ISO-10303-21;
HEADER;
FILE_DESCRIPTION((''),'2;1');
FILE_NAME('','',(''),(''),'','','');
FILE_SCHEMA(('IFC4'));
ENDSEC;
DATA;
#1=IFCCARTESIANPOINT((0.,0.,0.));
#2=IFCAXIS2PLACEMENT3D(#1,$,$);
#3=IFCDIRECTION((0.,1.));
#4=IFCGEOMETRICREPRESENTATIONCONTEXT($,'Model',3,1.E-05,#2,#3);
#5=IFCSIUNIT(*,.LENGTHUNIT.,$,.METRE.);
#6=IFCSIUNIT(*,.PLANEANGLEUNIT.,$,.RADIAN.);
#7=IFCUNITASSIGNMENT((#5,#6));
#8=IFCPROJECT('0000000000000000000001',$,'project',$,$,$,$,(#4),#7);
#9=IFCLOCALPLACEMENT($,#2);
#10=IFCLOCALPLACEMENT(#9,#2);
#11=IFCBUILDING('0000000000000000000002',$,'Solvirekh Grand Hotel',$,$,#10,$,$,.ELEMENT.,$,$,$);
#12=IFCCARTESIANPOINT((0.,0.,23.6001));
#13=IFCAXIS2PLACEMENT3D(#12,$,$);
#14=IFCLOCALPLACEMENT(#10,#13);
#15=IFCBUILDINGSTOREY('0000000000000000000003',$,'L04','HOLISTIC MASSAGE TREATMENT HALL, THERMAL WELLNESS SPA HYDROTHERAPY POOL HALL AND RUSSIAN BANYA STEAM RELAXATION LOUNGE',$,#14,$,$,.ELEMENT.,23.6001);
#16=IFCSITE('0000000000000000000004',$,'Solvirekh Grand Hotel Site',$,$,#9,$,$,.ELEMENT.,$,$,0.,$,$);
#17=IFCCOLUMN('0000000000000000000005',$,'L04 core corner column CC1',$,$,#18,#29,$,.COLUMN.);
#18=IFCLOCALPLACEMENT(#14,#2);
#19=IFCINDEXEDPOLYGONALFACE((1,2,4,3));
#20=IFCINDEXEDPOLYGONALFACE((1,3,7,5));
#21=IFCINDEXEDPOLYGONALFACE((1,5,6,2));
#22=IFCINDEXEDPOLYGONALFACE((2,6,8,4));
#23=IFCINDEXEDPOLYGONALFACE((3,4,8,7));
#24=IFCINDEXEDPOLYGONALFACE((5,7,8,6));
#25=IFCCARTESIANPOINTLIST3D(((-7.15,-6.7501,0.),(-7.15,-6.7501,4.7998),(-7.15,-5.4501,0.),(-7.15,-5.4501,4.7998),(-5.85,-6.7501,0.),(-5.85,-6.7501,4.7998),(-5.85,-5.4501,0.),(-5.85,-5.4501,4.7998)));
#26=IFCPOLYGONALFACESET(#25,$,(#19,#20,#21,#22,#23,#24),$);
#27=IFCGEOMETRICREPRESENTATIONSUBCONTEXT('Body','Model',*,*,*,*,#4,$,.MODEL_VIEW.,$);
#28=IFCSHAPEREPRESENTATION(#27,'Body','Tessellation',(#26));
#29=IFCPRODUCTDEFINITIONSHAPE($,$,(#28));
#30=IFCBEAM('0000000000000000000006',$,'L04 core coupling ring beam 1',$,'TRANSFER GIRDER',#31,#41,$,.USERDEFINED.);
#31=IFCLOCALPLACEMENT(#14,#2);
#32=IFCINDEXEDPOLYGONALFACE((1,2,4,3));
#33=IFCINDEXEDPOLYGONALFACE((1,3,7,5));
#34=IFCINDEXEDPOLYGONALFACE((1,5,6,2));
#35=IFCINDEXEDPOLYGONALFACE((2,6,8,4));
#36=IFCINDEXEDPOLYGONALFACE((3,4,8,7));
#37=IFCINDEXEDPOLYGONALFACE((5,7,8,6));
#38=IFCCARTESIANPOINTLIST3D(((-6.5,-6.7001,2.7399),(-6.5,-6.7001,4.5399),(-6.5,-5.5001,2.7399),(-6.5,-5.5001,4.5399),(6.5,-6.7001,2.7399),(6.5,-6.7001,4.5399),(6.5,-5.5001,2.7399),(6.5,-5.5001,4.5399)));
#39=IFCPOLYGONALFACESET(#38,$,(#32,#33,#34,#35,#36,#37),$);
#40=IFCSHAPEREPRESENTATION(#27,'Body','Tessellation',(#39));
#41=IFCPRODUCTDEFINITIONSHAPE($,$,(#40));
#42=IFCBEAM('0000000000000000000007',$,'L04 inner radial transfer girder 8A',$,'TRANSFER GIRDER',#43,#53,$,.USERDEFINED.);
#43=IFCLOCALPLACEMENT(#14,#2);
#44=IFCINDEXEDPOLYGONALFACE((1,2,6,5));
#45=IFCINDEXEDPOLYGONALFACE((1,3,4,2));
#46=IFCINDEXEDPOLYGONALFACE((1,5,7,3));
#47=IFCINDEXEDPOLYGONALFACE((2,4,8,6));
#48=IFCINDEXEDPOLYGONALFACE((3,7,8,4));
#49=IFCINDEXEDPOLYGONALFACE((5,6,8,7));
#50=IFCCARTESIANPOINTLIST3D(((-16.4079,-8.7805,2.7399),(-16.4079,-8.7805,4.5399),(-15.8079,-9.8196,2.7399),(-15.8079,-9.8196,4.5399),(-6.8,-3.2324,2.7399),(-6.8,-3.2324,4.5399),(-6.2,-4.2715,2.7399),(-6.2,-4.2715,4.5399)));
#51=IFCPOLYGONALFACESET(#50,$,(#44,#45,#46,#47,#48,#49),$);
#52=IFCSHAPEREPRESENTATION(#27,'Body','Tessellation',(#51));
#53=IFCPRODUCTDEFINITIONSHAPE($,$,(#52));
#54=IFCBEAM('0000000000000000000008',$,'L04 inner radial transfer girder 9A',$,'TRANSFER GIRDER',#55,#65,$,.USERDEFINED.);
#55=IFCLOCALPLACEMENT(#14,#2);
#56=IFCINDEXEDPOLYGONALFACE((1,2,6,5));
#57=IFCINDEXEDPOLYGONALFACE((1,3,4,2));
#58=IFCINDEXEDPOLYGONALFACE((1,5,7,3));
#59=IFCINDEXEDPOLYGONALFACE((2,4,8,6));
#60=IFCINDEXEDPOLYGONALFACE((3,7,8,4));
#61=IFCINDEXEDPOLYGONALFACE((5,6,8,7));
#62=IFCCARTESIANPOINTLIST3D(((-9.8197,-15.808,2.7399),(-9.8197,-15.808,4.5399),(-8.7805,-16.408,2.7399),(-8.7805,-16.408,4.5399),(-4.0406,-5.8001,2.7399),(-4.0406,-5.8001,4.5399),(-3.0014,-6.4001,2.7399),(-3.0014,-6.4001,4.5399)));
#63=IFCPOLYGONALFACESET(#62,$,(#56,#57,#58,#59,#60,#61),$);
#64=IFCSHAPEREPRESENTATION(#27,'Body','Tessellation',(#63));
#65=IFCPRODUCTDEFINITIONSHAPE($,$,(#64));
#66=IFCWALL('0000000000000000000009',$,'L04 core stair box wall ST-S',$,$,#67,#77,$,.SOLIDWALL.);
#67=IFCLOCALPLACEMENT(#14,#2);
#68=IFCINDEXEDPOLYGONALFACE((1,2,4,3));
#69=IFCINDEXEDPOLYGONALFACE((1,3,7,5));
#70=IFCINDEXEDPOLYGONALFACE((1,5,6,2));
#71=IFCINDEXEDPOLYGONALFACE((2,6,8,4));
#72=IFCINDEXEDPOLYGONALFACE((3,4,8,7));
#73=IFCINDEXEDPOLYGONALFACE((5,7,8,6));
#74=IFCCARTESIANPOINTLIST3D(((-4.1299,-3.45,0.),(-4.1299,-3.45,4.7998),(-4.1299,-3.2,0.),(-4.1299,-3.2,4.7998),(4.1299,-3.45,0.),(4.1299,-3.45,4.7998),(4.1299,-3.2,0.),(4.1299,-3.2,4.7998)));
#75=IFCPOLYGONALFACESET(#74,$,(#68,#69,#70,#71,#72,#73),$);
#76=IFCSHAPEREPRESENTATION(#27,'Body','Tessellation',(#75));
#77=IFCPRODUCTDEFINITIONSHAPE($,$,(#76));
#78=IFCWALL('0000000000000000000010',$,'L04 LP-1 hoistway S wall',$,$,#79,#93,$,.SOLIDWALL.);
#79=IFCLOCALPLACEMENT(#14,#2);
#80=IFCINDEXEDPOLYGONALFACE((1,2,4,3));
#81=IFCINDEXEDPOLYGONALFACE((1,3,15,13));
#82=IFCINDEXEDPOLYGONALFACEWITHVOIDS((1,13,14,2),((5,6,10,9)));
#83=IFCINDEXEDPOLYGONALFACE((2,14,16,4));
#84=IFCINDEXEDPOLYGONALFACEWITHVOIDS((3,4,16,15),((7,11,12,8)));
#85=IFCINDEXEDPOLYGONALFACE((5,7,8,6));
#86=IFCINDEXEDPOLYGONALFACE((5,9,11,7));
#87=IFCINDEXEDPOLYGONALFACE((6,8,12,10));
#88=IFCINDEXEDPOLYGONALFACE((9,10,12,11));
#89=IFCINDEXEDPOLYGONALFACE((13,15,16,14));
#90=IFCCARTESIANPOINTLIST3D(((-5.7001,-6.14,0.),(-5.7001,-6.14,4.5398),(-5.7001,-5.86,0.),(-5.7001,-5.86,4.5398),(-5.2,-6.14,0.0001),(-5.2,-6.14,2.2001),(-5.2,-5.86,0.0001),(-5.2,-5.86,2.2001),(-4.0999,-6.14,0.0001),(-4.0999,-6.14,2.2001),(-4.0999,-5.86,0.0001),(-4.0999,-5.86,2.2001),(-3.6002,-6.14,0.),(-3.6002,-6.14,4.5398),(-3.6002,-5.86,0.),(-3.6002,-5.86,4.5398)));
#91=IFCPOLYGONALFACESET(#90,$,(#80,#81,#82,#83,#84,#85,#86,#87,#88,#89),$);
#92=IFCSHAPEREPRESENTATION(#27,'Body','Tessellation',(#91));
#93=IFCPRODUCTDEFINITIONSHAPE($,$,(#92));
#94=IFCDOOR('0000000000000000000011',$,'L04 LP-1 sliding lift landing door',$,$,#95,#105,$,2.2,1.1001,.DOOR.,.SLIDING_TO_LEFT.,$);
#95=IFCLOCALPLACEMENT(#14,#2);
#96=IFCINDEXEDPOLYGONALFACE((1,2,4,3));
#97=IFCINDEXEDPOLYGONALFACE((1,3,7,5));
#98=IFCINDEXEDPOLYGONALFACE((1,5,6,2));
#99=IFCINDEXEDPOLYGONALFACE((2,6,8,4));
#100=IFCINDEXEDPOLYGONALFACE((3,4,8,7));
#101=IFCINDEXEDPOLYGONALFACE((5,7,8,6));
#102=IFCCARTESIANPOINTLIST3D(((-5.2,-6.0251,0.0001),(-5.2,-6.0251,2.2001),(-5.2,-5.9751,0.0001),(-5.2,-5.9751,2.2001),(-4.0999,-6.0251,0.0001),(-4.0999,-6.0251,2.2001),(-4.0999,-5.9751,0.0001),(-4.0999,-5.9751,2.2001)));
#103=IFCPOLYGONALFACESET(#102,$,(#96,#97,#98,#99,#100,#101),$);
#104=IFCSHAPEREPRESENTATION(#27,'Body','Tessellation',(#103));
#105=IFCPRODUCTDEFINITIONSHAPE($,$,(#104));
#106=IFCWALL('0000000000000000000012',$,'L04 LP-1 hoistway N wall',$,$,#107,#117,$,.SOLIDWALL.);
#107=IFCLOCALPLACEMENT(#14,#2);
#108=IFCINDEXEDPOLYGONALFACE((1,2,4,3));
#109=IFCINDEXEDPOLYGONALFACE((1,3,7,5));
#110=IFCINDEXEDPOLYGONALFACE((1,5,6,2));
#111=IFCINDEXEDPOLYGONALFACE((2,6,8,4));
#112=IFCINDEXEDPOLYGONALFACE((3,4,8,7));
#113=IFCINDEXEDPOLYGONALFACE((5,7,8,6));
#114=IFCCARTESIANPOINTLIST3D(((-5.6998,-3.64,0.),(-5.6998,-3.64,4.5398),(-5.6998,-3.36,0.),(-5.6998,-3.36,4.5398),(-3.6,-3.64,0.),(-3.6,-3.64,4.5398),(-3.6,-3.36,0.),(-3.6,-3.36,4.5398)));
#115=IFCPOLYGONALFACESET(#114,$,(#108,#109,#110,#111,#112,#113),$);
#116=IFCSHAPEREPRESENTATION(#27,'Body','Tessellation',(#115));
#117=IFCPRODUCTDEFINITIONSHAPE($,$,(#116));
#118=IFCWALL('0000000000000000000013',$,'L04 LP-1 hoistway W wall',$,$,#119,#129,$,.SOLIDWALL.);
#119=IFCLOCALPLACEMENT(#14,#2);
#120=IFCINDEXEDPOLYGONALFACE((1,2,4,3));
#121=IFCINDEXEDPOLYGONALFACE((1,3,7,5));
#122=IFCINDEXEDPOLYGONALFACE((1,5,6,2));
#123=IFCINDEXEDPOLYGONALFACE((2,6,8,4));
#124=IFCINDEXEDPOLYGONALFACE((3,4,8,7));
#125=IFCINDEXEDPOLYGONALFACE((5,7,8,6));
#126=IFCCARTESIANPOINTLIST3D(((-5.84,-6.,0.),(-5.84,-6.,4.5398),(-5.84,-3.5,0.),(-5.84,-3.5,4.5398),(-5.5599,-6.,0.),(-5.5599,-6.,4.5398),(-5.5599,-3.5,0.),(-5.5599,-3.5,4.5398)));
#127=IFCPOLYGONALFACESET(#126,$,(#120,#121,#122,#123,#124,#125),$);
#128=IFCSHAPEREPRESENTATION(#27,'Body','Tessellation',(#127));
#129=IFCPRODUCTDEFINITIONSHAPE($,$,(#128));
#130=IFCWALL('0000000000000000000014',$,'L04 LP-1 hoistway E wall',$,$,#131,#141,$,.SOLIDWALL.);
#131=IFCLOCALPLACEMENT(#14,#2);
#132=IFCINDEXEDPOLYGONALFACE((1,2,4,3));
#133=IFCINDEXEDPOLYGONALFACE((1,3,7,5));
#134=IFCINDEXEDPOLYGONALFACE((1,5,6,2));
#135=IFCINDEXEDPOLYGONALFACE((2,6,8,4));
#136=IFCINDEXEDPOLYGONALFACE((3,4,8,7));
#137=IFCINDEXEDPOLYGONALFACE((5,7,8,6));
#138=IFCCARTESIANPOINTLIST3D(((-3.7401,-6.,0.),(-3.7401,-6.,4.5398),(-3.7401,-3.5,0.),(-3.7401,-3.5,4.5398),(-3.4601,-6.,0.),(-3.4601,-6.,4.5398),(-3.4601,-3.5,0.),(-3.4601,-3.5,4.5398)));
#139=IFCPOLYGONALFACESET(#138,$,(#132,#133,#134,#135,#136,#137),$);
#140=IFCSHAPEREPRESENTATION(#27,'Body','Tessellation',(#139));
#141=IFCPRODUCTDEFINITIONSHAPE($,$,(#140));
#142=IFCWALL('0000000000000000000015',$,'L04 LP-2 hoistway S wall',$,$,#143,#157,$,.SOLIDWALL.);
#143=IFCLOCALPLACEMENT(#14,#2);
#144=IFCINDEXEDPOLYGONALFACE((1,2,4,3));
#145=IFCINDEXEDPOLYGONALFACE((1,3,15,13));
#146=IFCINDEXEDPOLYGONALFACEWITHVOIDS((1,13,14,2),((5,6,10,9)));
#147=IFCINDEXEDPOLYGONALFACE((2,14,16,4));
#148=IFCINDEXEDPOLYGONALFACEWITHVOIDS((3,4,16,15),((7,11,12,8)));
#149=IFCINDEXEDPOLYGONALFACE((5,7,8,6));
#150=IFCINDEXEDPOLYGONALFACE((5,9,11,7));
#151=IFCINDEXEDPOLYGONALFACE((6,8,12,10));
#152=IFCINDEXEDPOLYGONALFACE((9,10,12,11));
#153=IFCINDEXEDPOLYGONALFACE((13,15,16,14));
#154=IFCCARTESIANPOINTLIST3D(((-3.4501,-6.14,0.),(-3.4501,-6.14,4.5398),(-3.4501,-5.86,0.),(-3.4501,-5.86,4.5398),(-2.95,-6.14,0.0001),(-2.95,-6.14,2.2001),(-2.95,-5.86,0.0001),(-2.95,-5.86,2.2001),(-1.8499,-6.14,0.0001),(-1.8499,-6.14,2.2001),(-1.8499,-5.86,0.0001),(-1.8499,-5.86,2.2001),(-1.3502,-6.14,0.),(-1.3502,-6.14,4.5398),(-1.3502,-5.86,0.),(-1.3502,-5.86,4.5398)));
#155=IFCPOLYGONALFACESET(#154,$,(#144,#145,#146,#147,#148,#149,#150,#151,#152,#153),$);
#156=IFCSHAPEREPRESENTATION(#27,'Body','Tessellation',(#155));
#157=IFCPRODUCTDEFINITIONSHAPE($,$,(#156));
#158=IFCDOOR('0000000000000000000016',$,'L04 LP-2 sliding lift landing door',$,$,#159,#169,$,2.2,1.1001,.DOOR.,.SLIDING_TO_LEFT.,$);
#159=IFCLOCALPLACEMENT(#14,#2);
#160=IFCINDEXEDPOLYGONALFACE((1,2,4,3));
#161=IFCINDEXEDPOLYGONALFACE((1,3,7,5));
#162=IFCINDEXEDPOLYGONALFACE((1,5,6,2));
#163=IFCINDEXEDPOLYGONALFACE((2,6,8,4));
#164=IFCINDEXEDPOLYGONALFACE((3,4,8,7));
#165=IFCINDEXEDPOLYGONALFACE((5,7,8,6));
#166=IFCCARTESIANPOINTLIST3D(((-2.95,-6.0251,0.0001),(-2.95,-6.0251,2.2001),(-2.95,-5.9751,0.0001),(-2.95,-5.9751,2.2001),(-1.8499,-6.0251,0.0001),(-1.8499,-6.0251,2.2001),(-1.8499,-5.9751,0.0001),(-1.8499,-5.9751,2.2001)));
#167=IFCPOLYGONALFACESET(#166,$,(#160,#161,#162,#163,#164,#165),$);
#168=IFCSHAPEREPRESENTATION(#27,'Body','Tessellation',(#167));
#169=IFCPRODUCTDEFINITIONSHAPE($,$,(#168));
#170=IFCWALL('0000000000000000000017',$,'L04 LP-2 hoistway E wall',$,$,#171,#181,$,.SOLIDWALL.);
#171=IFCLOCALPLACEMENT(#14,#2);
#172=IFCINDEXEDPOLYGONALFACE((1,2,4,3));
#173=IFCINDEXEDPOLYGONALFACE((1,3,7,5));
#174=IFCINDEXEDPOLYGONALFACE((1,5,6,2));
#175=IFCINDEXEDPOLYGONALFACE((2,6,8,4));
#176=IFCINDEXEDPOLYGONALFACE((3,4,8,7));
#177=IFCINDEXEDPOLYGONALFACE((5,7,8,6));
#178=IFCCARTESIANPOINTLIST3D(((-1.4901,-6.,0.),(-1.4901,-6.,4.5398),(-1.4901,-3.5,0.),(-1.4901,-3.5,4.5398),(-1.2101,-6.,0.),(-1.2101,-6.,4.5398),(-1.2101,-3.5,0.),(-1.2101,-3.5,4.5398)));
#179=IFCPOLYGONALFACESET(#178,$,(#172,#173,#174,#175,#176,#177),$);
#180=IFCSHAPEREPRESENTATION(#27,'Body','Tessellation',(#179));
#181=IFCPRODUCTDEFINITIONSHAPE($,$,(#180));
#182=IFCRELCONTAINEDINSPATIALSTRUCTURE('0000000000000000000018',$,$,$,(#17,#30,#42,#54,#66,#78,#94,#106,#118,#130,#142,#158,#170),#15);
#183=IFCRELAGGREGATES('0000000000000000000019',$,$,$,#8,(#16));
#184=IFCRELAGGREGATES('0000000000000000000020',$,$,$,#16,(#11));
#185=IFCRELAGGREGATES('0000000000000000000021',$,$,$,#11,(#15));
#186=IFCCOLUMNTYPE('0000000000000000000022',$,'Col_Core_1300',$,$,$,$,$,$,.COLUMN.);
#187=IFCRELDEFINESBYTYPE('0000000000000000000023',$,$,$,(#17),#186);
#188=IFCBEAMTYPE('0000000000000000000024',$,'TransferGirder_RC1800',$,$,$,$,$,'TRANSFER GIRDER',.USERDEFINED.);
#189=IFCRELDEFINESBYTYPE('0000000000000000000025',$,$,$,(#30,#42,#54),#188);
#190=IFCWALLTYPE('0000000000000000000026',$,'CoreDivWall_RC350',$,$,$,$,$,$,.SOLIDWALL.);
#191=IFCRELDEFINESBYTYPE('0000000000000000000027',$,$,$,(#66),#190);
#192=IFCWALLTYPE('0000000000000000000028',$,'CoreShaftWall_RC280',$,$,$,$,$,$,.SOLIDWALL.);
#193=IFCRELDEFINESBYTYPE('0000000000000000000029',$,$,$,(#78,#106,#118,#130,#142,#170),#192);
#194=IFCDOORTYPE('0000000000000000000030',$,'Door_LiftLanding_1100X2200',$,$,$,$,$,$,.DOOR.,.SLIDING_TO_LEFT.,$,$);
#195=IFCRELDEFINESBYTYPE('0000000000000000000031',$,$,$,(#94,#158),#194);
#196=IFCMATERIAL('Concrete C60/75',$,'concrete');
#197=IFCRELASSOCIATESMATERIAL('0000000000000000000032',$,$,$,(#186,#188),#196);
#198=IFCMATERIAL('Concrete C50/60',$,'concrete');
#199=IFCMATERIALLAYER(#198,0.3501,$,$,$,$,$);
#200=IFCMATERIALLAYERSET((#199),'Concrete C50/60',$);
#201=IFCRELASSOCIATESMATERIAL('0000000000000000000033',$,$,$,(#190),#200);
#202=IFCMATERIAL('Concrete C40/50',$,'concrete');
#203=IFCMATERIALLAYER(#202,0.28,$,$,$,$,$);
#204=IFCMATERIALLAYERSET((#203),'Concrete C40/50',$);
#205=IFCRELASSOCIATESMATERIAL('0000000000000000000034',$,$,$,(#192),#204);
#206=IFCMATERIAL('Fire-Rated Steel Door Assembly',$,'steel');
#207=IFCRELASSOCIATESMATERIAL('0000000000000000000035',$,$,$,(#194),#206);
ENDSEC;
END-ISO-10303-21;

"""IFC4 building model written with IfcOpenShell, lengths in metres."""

from ifc_helpers import new_model, si_unit, direction, frame, frame_2d, origin, origin_2d, place, context, subcontext, project, spatial, rectangle, extrude, material, layer, layer_set, material_profile, profile_set, type_object, element, fill, save


model = new_model("IFC4")

# Units and contexts
model_context = context("Model", 3, precision=1e-05, world=origin(), true_north=direction((0.0, 1.0)))
body_context = subcontext(model_context, "Body", "Model", "MODEL_VIEW")
ifc_project = project(units=[si_unit("LENGTHUNIT", "METRE"), si_unit("PLANEANGLEUNIT", "RADIAN")], contexts=[model_context])

# Site, building, storey
site_placement = place(None, origin())
site = spatial("IfcSite", under=ifc_project, at=site_placement, Name="Solvirekh Grand Hotel Site", CompositionType="ELEMENT", RefElevation=0.0)
building_placement = place(site_placement, origin())
building = spatial("IfcBuilding", under=site, at=building_placement, Name="Solvirekh Grand Hotel", CompositionType="ELEMENT")
storey_placement = place(building_placement, frame((0.0, 0.0, 23.6001)))
storey = spatial("IfcBuildingStorey", under=building, at=storey_placement, Name="L04", Description="HOLISTIC MASSAGE TREATMENT HALL, THERMAL WELLNESS SPA HYDROTHERAPY POOL HALL AND RUSSIAN BANYA STEAM RELAXATION LOUNGE", CompositionType="ELEMENT", Elevation=23.6001)

# Column
ifc_material_1 = material(Name="Concrete C60/75", Category="concrete")
ifc_material_profile_1 = material_profile(ifc_material_1, rectangle(XDim=1.3, YDim=1.3, at=origin_2d()), Name="RC 1300X1300")
ifc_profile_set_1 = profile_set([ifc_material_profile_1], Name="Concrete C60/75")
column_type = type_object("IfcColumnType", Name="Col_Core_1300", PredefinedType="COLUMN", material=ifc_profile_set_1)
column_placement = place(storey_placement, frame((-6.5, -6.1001, 0.0), z_axis=(0.0, 0.0, 1.0), x_axis=(1.0, 0.0, 0.0)))
element("IfcColumn", 1, at=column_placement, inside=storey, type_object=column_type, Name="L04 core corner column CC1", PredefinedType="COLUMN", context=body_context, shape_type="SweptSolid", body=[
    extrude(rectangle(XDim=1.3, YDim=1.3, at=origin_2d()), origin(), (0.0, 0.0, 1.0), 4.7998),
])

# Beams
ifc_material_profile_2 = material_profile(ifc_material_1, rectangle(XDim=1.2, YDim=1.8, at=origin_2d()), Name="RC GIRDER 1200X1800")
ifc_profile_set_2 = profile_set([ifc_material_profile_2], Name="Concrete C60/75")
beam_type = type_object("IfcBeamType", Name="TransferGirder_RC1800", ElementType="TRANSFER GIRDER", PredefinedType="USERDEFINED", material=ifc_profile_set_2)
beam_1_placement = place(storey_placement, frame((-6.5, -6.1001, 3.6399), z_axis=(1.0, 0.0, 0.0), x_axis=(0.0, 1.0, 0.0)))
element("IfcBeam", 2, at=beam_1_placement, inside=storey, type_object=beam_type, Name="L04 core coupling ring beam 1", ObjectType="TRANSFER GIRDER", PredefinedType="USERDEFINED", context=body_context, shape_type="SweptSolid", body=[
    extrude(rectangle(XDim=1.2, YDim=1.8, at=origin_2d()), origin(), (0.0, 0.0, 1.0), 13.0),
])
beam_2_placement = place(storey_placement, frame((-6.5, -3.752, 3.6399), z_axis=(-0.865988, -0.500065, 0.0), x_axis=(0.500065, -0.865988, 0.0)))
element("IfcBeam", 3, at=beam_2_placement, inside=storey, type_object=beam_type, Name="L04 inner radial transfer girder 8A", ObjectType="TRANSFER GIRDER", PredefinedType="USERDEFINED", context=body_context, shape_type="SweptSolid", body=[
    extrude(rectangle(XDim=1.2, YDim=1.8, at=origin_2d()), origin(), (0.0, 0.0, 1.0), 11.0947),
])
beam_3_placement = place(storey_placement, frame((-3.521, -6.1001, 3.6399), z_axis=(-0.500067, -0.865986, 0.0), x_axis=(0.865986, -0.500067, 0.0)))
element("IfcBeam", 4, at=beam_3_placement, inside=storey, type_object=beam_type, Name="L04 inner radial transfer girder 9A", ObjectType="TRANSFER GIRDER", PredefinedType="USERDEFINED", context=body_context, shape_type="SweptSolid", body=[
    extrude(rectangle(XDim=1.2, YDim=1.8, at=origin_2d()), origin(), (0.0, 0.0, 1.0), 11.5566),
])

# Wall
ifc_material_2 = material(Name="Concrete C50/60", Category="concrete")
ifc_layer_1 = layer(ifc_material_2, 0.3501)
ifc_layer_set_1 = layer_set([ifc_layer_1], Name="Concrete C50/60")
wall_type_1 = type_object("IfcWallType", Name="CoreDivWall_RC350", PredefinedType="SOLIDWALL", material=ifc_layer_set_1)
wall_1_placement = place(storey_placement, frame((-4.1299, -3.325, 0.0), z_axis=(0.0, 0.0, 1.0), x_axis=(1.0, 0.0, 0.0)))
element("IfcWall", 5, at=wall_1_placement, inside=storey, type_object=wall_type_1, Name="L04 core stair box wall ST-S", PredefinedType="SOLIDWALL", context=body_context, shape_type="SweptSolid", body=[
    extrude(rectangle(XDim=8.2598, YDim=0.25, at=frame_2d((4.1299, 0.0))), origin(), (0.0, 0.0, 1.0), 4.7998),
])

# Wall, opening, door
ifc_material_3 = material(Name="Concrete C40/50", Category="concrete")
ifc_layer_2 = layer(ifc_material_3, 0.28)
ifc_layer_set_2 = layer_set([ifc_layer_2], Name="Concrete C40/50")
wall_type_2 = type_object("IfcWallType", Name="CoreShaftWall_RC280", PredefinedType="SOLIDWALL", material=ifc_layer_set_2)
wall_2_placement = place(storey_placement, frame((-5.7, -6.0, 0.0), z_axis=(0.0, 0.0, 1.0), x_axis=(1.0, 0.0, 0.0)))
wall_2 = element("IfcWall", 6, at=wall_2_placement, inside=storey, type_object=wall_type_2, Name="L04 LP-1 hoistway S wall", PredefinedType="SOLIDWALL", context=body_context, shape_type="SweptSolid", body=[
    extrude(rectangle(XDim=2.0999, YDim=0.28, at=frame_2d((1.0498, 0.0))), origin(), (0.0, 0.0, 1.0), 4.5398),
])
opening_1_placement = place(wall_2_placement, frame((0.5, 0.0, 0.0)))
opening_1 = element("IfcOpeningElement", 7, at=opening_1_placement, cuts=wall_2, PredefinedType="OPENING", context=body_context, shape_type="SweptSolid", body=[
    extrude(rectangle(XDim=1.1001, YDim=2.2, at=frame_2d((0.55, 1.1001))), frame((0.0, 0.1499, 0.0), z_axis=(0.0, -1.0, 0.0), x_axis=(1.0, 0.0, 0.0)), (0.0, 0.0, 1.0), 0.3),
])
ifc_material_4 = material(Name="Fire-Rated Steel Door Assembly", Category="steel")
door_type_1 = type_object("IfcDoorType", Name="Door_LiftLanding_1100X2200", OperationType="SLIDING_TO_LEFT", PredefinedType="DOOR", material=ifc_material_4)
door_1_placement = place(opening_1_placement, origin())
door_1 = element("IfcDoor", 8, at=door_1_placement, inside=storey, type_object=door_type_1, Name="L04 LP-1 sliding lift landing door", OperationType="SLIDING_TO_LEFT", OverallHeight=2.2, OverallWidth=1.1001, PredefinedType="DOOR", context=body_context, shape_type="SweptSolid", body=[
    extrude(rectangle(XDim=1.1001, YDim=2.2, at=frame_2d((0.55, 1.1001))), frame((0.0, 0.0249, 0.0), z_axis=(0.0, -1.0, 0.0), x_axis=(1.0, 0.0, 0.0)), (0.0, 0.0, 1.0), 0.05),
])
fill(opening_1, door_1)

# Walls
wall_3_placement = place(storey_placement, frame((-3.6001, -3.5, 0.0), z_axis=(0.0, 0.0, 1.0), x_axis=(-1.0, 0.0, 0.0)))
element("IfcWall", 9, at=wall_3_placement, inside=storey, type_object=wall_type_2, Name="L04 LP-1 hoistway N wall", PredefinedType="SOLIDWALL", context=body_context, shape_type="SweptSolid", body=[
    extrude(rectangle(XDim=2.0999, YDim=0.28, at=frame_2d((1.0498, 0.0))), origin(), (0.0, 0.0, 1.0), 4.5398),
])
for number, where, z_axis, x_axis, name in (
    (10, (-5.7, -3.5, 0.0), (0.0, 0.0, 1.0), (0.0, -1.0, 0.0), "L04 LP-1 hoistway W wall"),
    (11, (-3.6001, -6.0, 0.0), (0.0, 0.0, 1.0), (0.0, 1.0, 0.0), "L04 LP-1 hoistway E wall"),
):
    element("IfcWall", number, at=place(storey_placement, frame(where, z_axis=z_axis, x_axis=x_axis)), inside=storey, type_object=wall_type_2, Name=name, PredefinedType="SOLIDWALL", context=body_context, shape_type="SweptSolid", body=[
        extrude(rectangle(XDim=2.5, YDim=0.28, at=frame_2d((1.25, 0.0))), origin(), (0.0, 0.0, 1.0), 4.5398),
    ])

# Wall, opening, door
wall_4_placement = place(storey_placement, frame((-3.45, -6.0, 0.0), z_axis=(0.0, 0.0, 1.0), x_axis=(1.0, 0.0, 0.0)))
wall_4 = element("IfcWall", 12, at=wall_4_placement, inside=storey, type_object=wall_type_2, Name="L04 LP-2 hoistway S wall", PredefinedType="SOLIDWALL", context=body_context, shape_type="SweptSolid", body=[
    extrude(rectangle(XDim=2.0999, YDim=0.28, at=frame_2d((1.0498, 0.0))), origin(), (0.0, 0.0, 1.0), 4.5398),
])
opening_2_placement = place(wall_4_placement, frame((0.5, 0.0, 0.0)))
opening_2 = element("IfcOpeningElement", 13, at=opening_2_placement, cuts=wall_4, PredefinedType="OPENING", context=body_context, shape_type="SweptSolid", body=[
    extrude(rectangle(XDim=1.1001, YDim=2.2, at=frame_2d((0.55, 1.1001))), frame((0.0, 0.1499, 0.0), z_axis=(0.0, -1.0, 0.0), x_axis=(1.0, 0.0, 0.0)), (0.0, 0.0, 1.0), 0.3),
])
door_2_placement = place(opening_2_placement, origin())
door_2 = element("IfcDoor", 14, at=door_2_placement, inside=storey, type_object=door_type_1, Name="L04 LP-2 sliding lift landing door", OperationType="SLIDING_TO_LEFT", OverallHeight=2.2, OverallWidth=1.1001, PredefinedType="DOOR", context=body_context, shape_type="SweptSolid", body=[
    extrude(rectangle(XDim=1.1001, YDim=2.2, at=frame_2d((0.55, 1.1001))), frame((0.0, 0.0249, 0.0), z_axis=(0.0, -1.0, 0.0), x_axis=(1.0, 0.0, 0.0)), (0.0, 0.0, 1.0), 0.05),
])
fill(opening_2, door_2)

# Wall
wall_5_placement = place(storey_placement, frame((-1.3501, -6.0, 0.0), z_axis=(0.0, 0.0, 1.0), x_axis=(0.0, 1.0, 0.0)))
element("IfcWall", 15, at=wall_5_placement, inside=storey, type_object=wall_type_2, Name="L04 LP-2 hoistway E wall", PredefinedType="SOLIDWALL", context=body_context, shape_type="SweptSolid", body=[
    extrude(rectangle(XDim=2.5, YDim=0.28, at=frame_2d((1.25, 0.0))), origin(), (0.0, 0.0, 1.0), 4.5398),
])

save(model, "model.ifc")
